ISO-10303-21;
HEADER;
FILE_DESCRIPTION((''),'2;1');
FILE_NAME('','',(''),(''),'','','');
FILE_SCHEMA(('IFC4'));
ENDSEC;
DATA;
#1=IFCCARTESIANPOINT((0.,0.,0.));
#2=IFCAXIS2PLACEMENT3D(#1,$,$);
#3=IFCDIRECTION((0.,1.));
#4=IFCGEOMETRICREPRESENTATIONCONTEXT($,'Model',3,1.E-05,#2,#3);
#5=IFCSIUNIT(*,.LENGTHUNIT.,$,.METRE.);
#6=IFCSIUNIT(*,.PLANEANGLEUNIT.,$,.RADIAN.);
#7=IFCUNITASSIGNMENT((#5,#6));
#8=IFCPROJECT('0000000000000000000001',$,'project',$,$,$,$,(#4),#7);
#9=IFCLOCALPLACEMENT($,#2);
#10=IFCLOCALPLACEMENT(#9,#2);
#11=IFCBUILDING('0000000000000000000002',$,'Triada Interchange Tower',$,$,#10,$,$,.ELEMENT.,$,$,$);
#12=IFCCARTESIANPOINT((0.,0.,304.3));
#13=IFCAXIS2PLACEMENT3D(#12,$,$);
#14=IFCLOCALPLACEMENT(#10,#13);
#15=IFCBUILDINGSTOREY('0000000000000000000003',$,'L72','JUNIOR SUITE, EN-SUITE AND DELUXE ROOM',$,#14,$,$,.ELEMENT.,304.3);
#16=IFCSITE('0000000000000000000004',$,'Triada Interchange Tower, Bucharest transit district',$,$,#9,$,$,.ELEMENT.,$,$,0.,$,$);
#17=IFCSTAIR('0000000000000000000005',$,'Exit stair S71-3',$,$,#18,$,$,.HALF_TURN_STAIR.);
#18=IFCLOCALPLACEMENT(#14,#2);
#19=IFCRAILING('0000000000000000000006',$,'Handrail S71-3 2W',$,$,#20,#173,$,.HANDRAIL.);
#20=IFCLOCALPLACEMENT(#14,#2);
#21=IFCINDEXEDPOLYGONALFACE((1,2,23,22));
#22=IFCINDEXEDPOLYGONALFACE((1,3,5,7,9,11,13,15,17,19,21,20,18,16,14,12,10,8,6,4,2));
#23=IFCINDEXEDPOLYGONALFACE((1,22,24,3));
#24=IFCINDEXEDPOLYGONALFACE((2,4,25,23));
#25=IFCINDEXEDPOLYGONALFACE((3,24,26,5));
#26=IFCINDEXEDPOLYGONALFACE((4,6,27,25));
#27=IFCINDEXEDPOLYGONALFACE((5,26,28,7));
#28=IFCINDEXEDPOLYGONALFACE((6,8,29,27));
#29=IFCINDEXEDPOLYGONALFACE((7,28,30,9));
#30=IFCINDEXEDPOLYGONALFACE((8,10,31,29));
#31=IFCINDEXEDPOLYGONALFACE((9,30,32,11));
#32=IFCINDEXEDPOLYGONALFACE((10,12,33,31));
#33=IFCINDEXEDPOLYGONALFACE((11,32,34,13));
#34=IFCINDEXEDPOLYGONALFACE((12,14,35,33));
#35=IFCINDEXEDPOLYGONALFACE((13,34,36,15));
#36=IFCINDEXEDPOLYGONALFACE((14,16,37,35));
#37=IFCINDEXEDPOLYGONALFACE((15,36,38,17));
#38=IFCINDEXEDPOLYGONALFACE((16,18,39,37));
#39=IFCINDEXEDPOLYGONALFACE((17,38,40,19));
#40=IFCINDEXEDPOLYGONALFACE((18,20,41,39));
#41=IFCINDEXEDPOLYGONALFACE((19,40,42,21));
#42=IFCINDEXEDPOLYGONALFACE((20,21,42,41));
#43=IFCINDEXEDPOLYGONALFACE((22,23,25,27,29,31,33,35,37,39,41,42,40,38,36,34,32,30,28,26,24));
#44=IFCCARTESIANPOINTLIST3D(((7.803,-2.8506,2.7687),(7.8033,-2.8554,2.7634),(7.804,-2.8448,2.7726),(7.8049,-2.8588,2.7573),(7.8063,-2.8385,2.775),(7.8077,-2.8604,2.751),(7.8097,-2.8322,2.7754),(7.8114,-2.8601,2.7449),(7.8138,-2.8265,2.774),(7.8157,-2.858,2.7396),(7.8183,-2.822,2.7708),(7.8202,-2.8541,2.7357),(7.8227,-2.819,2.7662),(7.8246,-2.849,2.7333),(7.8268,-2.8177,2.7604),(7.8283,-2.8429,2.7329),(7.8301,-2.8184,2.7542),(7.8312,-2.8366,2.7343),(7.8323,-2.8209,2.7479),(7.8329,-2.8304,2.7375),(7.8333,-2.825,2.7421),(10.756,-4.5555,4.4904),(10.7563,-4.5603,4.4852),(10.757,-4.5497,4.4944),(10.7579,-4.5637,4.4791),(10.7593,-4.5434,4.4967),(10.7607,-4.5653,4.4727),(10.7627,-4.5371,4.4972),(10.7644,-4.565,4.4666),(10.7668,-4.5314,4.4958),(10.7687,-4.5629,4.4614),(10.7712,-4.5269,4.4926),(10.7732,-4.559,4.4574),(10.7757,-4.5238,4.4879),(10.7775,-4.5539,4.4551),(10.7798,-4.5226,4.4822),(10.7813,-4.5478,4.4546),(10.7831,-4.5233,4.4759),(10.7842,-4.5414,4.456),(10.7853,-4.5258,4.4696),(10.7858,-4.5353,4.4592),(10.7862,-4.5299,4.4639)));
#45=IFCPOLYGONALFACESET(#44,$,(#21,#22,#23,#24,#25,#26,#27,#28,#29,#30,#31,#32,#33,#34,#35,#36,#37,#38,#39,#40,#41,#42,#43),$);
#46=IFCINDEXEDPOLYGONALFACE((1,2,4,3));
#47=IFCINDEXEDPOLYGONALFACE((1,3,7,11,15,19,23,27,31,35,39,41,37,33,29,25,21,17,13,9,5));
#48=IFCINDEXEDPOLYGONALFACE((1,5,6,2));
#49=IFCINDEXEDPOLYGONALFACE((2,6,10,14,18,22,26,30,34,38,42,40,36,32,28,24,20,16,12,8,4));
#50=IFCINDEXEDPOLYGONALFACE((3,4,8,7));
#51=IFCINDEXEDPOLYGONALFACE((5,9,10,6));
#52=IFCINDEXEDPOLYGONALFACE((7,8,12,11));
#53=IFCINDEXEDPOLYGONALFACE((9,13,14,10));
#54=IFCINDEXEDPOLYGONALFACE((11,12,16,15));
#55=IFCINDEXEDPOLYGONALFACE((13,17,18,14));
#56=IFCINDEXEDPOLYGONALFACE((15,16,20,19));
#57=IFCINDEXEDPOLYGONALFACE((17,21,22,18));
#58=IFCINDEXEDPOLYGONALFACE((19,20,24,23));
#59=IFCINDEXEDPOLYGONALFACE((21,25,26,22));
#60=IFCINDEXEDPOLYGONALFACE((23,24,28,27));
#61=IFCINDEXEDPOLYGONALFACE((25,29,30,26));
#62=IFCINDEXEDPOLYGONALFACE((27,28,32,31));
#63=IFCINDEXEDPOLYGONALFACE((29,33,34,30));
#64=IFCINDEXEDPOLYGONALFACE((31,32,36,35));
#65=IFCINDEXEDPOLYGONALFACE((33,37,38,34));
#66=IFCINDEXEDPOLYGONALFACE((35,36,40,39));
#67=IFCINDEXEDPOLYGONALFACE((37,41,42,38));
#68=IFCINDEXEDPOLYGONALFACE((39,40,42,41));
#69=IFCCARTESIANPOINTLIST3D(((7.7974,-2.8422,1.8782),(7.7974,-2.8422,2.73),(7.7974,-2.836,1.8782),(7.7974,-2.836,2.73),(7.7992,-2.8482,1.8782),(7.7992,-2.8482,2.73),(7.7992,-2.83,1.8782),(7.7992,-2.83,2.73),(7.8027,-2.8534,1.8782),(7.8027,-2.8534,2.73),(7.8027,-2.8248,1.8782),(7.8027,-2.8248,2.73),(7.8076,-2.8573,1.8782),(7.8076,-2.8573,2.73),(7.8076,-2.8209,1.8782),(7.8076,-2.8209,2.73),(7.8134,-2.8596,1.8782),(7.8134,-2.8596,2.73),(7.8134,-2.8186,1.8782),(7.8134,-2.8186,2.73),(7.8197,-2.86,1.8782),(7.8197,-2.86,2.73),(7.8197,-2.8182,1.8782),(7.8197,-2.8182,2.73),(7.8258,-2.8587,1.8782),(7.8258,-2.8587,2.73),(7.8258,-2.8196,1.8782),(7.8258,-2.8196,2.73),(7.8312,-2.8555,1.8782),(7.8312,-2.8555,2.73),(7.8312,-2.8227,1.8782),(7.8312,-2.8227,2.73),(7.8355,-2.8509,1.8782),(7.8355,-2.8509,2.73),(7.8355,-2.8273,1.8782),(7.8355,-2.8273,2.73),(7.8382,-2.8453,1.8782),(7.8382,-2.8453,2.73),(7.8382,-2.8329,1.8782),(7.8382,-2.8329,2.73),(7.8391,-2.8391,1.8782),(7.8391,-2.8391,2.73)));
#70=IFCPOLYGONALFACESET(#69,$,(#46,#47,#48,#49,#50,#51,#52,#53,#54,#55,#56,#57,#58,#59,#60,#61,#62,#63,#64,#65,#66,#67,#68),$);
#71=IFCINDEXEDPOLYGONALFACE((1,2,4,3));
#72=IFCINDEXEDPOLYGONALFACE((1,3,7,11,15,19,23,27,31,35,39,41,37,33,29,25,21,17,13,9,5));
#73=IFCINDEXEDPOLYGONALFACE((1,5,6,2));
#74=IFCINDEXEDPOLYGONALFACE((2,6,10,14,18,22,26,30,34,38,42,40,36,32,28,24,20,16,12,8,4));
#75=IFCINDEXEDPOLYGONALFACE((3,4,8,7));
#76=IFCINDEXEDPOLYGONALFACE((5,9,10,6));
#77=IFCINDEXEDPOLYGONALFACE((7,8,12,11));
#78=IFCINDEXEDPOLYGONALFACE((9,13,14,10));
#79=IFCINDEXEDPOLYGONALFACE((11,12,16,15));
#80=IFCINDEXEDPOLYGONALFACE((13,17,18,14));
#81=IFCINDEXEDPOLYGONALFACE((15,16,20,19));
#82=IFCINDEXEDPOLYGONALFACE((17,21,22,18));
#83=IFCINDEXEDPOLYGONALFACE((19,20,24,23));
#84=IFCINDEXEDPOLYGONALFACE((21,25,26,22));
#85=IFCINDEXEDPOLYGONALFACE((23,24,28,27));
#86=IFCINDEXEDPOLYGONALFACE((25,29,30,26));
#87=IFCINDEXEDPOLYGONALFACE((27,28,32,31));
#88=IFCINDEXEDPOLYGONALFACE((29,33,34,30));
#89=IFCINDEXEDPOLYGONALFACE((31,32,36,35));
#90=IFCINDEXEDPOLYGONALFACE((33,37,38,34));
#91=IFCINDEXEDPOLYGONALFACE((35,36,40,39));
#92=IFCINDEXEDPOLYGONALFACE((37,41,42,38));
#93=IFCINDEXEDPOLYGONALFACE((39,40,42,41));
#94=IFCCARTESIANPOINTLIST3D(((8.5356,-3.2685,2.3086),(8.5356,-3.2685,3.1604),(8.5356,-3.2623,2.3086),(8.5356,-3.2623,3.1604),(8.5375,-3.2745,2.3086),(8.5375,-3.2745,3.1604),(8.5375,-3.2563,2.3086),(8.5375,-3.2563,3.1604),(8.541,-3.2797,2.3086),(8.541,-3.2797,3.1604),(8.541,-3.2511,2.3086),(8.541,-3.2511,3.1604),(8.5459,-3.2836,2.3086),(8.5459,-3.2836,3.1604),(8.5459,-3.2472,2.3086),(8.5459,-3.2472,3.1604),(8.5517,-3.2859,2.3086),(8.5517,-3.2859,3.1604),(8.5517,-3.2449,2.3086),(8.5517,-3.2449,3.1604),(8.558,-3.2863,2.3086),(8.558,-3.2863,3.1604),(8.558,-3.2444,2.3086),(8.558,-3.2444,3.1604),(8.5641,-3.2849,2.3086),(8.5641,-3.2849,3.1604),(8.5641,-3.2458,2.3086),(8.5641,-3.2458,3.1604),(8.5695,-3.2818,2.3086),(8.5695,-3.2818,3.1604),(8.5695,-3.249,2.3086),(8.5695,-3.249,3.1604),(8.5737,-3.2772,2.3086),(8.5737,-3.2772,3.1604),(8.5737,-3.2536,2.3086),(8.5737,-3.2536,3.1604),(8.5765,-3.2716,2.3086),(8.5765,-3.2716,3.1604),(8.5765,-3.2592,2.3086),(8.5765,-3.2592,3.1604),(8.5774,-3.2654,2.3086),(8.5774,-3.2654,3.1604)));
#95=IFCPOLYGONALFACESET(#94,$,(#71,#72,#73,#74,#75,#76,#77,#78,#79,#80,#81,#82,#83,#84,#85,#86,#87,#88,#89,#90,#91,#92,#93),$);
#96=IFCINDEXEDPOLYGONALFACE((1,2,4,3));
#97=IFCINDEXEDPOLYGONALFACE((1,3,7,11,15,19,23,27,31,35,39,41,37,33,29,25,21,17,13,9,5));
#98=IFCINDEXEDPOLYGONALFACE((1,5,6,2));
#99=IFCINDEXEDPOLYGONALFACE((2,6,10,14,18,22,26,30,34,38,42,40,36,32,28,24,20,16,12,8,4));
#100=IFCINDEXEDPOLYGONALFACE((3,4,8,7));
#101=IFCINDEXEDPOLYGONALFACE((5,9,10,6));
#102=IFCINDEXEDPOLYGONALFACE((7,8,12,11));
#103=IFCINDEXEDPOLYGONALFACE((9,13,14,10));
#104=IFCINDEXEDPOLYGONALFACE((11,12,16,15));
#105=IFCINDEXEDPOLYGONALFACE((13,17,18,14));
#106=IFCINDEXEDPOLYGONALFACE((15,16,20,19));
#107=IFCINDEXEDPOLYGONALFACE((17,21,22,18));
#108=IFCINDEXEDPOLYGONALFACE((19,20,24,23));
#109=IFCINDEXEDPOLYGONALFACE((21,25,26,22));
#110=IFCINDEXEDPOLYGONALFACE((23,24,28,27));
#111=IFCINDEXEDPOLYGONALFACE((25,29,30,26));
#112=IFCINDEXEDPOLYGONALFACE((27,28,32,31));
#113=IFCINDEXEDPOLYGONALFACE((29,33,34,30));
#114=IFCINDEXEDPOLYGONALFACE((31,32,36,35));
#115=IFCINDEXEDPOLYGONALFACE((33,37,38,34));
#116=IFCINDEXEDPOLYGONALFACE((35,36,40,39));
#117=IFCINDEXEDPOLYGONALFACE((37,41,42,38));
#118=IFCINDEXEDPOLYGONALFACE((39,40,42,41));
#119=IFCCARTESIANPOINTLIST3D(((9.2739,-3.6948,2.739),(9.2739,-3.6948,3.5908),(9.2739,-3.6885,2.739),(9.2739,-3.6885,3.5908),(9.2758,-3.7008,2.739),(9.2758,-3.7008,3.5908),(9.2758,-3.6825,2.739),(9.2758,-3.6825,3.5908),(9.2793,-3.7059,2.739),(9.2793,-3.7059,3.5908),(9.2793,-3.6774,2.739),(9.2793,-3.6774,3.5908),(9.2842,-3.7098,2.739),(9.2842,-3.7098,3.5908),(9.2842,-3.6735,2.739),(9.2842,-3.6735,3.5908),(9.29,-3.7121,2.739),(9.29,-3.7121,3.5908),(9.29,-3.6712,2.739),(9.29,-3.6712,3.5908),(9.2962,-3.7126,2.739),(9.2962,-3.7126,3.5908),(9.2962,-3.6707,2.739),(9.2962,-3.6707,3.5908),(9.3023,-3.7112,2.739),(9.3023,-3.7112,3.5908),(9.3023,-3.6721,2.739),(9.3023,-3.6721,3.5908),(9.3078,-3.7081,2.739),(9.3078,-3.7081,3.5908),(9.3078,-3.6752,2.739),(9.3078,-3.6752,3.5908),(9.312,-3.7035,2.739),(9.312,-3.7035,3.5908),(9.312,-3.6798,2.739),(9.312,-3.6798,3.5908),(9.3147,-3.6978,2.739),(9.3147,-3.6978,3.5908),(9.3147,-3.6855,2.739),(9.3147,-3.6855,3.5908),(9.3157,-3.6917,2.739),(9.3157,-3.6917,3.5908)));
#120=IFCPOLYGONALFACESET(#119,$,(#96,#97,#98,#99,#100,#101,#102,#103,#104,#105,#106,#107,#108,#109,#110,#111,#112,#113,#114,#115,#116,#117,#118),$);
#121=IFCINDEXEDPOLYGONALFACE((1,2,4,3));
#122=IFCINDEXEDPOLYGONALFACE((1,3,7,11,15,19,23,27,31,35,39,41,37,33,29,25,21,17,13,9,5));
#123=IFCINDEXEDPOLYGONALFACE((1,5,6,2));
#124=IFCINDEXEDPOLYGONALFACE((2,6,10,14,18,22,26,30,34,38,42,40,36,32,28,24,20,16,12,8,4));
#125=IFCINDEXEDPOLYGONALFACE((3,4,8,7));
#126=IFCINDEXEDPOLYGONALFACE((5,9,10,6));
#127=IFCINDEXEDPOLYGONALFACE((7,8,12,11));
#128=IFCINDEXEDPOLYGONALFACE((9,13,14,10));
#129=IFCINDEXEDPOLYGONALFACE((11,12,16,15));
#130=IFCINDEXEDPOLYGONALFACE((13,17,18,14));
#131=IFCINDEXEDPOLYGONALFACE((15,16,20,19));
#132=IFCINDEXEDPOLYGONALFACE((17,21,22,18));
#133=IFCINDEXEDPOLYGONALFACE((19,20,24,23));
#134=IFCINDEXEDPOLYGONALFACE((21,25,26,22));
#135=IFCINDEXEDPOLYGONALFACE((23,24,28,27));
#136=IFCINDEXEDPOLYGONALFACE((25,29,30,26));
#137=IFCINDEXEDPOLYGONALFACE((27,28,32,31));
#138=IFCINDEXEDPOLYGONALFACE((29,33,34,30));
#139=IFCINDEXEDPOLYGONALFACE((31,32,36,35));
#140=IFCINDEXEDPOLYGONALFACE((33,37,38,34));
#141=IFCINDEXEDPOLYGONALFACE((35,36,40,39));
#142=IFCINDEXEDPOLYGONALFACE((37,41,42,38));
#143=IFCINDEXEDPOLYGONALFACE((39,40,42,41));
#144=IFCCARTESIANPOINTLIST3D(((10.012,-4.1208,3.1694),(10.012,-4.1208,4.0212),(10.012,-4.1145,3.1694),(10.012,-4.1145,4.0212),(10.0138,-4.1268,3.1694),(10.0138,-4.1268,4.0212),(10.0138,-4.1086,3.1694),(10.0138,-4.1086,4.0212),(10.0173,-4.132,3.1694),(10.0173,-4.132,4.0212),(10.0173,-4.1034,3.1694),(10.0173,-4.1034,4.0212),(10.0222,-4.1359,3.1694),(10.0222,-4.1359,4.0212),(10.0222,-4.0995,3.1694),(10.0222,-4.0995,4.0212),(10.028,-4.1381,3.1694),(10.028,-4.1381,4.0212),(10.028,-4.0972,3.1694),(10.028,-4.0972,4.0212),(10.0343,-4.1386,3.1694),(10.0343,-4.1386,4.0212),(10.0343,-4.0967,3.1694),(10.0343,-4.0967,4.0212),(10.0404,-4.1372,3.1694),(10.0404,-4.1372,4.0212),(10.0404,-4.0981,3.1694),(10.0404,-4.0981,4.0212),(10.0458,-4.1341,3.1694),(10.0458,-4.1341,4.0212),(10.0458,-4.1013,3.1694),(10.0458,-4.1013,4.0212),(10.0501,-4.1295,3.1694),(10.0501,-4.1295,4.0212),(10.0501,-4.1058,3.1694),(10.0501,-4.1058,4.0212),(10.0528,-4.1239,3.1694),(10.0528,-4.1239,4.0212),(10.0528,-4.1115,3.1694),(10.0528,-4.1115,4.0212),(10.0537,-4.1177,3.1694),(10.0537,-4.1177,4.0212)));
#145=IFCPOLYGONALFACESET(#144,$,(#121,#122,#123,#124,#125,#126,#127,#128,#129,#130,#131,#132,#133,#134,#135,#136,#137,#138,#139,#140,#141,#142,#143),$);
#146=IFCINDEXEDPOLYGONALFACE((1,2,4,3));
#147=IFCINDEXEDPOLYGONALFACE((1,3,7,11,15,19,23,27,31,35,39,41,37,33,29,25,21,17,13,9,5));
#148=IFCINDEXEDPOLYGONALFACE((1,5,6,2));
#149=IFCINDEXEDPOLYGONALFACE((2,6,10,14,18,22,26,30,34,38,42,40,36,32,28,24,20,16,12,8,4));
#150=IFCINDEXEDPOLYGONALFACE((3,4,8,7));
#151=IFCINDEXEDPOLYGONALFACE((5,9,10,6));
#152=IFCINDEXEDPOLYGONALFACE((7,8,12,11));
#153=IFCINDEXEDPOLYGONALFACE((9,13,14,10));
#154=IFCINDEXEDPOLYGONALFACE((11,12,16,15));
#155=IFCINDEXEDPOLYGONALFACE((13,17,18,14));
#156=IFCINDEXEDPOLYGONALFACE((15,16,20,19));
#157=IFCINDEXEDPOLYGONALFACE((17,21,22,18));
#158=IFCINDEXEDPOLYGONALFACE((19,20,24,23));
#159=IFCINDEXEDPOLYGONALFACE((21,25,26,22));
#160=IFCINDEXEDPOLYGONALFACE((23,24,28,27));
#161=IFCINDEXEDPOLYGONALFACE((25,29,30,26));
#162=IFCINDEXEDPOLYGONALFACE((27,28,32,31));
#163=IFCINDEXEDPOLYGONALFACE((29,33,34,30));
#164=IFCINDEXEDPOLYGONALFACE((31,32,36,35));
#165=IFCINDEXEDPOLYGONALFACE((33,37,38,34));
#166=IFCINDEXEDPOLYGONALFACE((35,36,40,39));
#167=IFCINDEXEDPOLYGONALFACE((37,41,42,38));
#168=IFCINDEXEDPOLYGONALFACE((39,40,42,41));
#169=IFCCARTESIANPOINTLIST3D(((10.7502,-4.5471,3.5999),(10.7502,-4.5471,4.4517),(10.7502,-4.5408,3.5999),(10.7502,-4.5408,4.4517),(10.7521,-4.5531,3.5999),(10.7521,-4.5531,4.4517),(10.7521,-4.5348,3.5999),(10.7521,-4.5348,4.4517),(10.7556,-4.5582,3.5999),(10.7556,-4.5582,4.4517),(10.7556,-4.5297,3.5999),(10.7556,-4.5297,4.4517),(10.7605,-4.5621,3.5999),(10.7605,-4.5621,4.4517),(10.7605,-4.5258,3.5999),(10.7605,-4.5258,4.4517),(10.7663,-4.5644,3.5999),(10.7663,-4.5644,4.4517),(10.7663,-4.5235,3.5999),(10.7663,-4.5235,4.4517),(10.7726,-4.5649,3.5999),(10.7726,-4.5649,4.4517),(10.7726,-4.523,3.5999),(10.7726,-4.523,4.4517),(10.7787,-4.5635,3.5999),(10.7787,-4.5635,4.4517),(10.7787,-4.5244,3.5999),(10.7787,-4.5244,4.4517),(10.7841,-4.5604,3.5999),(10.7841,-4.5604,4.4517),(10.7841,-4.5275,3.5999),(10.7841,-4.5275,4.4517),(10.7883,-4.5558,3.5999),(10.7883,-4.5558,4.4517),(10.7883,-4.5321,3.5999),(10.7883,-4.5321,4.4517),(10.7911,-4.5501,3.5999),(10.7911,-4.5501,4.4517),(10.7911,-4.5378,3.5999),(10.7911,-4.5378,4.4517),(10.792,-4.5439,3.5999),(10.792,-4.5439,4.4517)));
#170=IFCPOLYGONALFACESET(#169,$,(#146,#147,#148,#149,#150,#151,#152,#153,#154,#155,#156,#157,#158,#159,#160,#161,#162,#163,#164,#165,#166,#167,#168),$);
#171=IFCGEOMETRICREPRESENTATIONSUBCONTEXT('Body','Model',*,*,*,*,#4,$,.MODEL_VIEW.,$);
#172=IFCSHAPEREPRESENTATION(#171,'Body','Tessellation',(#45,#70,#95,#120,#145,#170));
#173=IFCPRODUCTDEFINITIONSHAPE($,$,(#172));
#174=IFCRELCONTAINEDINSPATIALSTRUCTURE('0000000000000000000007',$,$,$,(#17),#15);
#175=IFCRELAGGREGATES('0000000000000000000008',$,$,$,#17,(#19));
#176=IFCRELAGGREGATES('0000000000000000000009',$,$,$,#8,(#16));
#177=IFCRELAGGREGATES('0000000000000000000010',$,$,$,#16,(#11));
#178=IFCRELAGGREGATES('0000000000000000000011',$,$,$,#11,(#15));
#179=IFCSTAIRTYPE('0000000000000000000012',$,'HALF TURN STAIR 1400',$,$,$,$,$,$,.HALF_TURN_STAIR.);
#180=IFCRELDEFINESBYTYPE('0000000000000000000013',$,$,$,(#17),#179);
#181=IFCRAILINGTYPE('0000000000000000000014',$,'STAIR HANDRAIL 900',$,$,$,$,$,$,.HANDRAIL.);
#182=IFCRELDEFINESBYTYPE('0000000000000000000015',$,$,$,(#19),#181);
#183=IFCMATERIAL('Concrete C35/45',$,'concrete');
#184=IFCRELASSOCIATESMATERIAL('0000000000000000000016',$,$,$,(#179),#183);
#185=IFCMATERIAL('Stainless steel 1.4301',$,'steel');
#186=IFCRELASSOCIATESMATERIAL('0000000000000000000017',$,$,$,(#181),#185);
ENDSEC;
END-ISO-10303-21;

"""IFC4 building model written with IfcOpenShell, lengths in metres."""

from ifc_helpers import new_model, si_unit, direction, frame, origin, origin_2d, place, context, subcontext, project, spatial, circle, extrude, material, type_object, element, aggregate, save


model = new_model("IFC4")

# Units and contexts
model_context = context("Model", 3, precision=1e-05, world=origin(), true_north=direction((0.0, 1.0)))
body_context = subcontext(model_context, "Body", "Model", "MODEL_VIEW")
ifc_project = project(units=[si_unit("LENGTHUNIT", "METRE"), si_unit("PLANEANGLEUNIT", "RADIAN")], contexts=[model_context])

# Site, building, storey
site_placement = place(None, origin())
site = spatial("IfcSite", under=ifc_project, at=site_placement, Name="Triada Interchange Tower, Bucharest transit district", CompositionType="ELEMENT", RefElevation=0.0)
building_placement = place(site_placement, origin())
building = spatial("IfcBuilding", under=site, at=building_placement, Name="Triada Interchange Tower", CompositionType="ELEMENT")
storey_placement = place(building_placement, frame((0.0, 0.0, 304.3)))
storey = spatial("IfcBuildingStorey", under=building, at=storey_placement, Name="L72", Description="JUNIOR SUITE, EN-SUITE AND DELUXE ROOM", CompositionType="ELEMENT", Elevation=304.3)

# Stair, railing
ifc_material_1 = material(Name="Concrete C35/45", Category="concrete")
stair_type = type_object("IfcStairType", Name="HALF TURN STAIR 1400", PredefinedType="HALF_TURN_STAIR", material=ifc_material_1)
stair_placement = place(storey_placement, origin())
stair = element("IfcStair", 1, at=stair_placement, inside=storey, type_object=stair_type, Name="Exit stair S71-3", PredefinedType="HALF_TURN_STAIR")
ifc_material_2 = material(Name="Stainless steel 1.4301", Category="steel")
railing_type = type_object("IfcRailingType", Name="STAIR HANDRAIL 900", PredefinedType="HANDRAIL", material=ifc_material_2)
railing_1_placement = place(storey_placement, frame((7.8181, -2.8391, 1.8782)))
railing_1 = element("IfcRailing", 2, at=railing_1_placement, type_object=railing_type, Name="Handrail S71-3 2W", PredefinedType="HANDRAIL", context=body_context, shape_type="SweptSolid", body=[
    extrude(circle(Radius=0.0239, at=origin_2d()), frame((0.0, 0.0, 0.876), z_axis=(0.773065, -0.446326, 0.450736), x_axis=(0.499997, 0.866027, 0.0)), (0.0, 0.0, 1.0), 3.8198),
    extrude(circle(Radius=0.021, at=origin_2d()), origin(), (0.0, 0.0, 1.0), 0.8518),
    extrude(circle(Radius=0.021, at=origin_2d()), frame((0.7383, -0.4263, 0.4304)), (0.0, 0.0, 1.0), 0.8518),
    extrude(circle(Radius=0.021, at=origin_2d()), frame((1.4766, -0.8525, 0.8608)), (0.0, 0.0, 1.0), 0.8518),
    extrude(circle(Radius=0.021, at=origin_2d()), frame((2.2146, -1.2786, 1.2913)), (0.0, 0.0, 1.0), 0.8518),
    extrude(circle(Radius=0.021, at=origin_2d()), frame((2.9529, -1.7048, 1.7217)), (0.0, 0.0, 1.0), 0.8518),
])
aggregate(stair, [railing_1])

save(model, "model.ifc")
